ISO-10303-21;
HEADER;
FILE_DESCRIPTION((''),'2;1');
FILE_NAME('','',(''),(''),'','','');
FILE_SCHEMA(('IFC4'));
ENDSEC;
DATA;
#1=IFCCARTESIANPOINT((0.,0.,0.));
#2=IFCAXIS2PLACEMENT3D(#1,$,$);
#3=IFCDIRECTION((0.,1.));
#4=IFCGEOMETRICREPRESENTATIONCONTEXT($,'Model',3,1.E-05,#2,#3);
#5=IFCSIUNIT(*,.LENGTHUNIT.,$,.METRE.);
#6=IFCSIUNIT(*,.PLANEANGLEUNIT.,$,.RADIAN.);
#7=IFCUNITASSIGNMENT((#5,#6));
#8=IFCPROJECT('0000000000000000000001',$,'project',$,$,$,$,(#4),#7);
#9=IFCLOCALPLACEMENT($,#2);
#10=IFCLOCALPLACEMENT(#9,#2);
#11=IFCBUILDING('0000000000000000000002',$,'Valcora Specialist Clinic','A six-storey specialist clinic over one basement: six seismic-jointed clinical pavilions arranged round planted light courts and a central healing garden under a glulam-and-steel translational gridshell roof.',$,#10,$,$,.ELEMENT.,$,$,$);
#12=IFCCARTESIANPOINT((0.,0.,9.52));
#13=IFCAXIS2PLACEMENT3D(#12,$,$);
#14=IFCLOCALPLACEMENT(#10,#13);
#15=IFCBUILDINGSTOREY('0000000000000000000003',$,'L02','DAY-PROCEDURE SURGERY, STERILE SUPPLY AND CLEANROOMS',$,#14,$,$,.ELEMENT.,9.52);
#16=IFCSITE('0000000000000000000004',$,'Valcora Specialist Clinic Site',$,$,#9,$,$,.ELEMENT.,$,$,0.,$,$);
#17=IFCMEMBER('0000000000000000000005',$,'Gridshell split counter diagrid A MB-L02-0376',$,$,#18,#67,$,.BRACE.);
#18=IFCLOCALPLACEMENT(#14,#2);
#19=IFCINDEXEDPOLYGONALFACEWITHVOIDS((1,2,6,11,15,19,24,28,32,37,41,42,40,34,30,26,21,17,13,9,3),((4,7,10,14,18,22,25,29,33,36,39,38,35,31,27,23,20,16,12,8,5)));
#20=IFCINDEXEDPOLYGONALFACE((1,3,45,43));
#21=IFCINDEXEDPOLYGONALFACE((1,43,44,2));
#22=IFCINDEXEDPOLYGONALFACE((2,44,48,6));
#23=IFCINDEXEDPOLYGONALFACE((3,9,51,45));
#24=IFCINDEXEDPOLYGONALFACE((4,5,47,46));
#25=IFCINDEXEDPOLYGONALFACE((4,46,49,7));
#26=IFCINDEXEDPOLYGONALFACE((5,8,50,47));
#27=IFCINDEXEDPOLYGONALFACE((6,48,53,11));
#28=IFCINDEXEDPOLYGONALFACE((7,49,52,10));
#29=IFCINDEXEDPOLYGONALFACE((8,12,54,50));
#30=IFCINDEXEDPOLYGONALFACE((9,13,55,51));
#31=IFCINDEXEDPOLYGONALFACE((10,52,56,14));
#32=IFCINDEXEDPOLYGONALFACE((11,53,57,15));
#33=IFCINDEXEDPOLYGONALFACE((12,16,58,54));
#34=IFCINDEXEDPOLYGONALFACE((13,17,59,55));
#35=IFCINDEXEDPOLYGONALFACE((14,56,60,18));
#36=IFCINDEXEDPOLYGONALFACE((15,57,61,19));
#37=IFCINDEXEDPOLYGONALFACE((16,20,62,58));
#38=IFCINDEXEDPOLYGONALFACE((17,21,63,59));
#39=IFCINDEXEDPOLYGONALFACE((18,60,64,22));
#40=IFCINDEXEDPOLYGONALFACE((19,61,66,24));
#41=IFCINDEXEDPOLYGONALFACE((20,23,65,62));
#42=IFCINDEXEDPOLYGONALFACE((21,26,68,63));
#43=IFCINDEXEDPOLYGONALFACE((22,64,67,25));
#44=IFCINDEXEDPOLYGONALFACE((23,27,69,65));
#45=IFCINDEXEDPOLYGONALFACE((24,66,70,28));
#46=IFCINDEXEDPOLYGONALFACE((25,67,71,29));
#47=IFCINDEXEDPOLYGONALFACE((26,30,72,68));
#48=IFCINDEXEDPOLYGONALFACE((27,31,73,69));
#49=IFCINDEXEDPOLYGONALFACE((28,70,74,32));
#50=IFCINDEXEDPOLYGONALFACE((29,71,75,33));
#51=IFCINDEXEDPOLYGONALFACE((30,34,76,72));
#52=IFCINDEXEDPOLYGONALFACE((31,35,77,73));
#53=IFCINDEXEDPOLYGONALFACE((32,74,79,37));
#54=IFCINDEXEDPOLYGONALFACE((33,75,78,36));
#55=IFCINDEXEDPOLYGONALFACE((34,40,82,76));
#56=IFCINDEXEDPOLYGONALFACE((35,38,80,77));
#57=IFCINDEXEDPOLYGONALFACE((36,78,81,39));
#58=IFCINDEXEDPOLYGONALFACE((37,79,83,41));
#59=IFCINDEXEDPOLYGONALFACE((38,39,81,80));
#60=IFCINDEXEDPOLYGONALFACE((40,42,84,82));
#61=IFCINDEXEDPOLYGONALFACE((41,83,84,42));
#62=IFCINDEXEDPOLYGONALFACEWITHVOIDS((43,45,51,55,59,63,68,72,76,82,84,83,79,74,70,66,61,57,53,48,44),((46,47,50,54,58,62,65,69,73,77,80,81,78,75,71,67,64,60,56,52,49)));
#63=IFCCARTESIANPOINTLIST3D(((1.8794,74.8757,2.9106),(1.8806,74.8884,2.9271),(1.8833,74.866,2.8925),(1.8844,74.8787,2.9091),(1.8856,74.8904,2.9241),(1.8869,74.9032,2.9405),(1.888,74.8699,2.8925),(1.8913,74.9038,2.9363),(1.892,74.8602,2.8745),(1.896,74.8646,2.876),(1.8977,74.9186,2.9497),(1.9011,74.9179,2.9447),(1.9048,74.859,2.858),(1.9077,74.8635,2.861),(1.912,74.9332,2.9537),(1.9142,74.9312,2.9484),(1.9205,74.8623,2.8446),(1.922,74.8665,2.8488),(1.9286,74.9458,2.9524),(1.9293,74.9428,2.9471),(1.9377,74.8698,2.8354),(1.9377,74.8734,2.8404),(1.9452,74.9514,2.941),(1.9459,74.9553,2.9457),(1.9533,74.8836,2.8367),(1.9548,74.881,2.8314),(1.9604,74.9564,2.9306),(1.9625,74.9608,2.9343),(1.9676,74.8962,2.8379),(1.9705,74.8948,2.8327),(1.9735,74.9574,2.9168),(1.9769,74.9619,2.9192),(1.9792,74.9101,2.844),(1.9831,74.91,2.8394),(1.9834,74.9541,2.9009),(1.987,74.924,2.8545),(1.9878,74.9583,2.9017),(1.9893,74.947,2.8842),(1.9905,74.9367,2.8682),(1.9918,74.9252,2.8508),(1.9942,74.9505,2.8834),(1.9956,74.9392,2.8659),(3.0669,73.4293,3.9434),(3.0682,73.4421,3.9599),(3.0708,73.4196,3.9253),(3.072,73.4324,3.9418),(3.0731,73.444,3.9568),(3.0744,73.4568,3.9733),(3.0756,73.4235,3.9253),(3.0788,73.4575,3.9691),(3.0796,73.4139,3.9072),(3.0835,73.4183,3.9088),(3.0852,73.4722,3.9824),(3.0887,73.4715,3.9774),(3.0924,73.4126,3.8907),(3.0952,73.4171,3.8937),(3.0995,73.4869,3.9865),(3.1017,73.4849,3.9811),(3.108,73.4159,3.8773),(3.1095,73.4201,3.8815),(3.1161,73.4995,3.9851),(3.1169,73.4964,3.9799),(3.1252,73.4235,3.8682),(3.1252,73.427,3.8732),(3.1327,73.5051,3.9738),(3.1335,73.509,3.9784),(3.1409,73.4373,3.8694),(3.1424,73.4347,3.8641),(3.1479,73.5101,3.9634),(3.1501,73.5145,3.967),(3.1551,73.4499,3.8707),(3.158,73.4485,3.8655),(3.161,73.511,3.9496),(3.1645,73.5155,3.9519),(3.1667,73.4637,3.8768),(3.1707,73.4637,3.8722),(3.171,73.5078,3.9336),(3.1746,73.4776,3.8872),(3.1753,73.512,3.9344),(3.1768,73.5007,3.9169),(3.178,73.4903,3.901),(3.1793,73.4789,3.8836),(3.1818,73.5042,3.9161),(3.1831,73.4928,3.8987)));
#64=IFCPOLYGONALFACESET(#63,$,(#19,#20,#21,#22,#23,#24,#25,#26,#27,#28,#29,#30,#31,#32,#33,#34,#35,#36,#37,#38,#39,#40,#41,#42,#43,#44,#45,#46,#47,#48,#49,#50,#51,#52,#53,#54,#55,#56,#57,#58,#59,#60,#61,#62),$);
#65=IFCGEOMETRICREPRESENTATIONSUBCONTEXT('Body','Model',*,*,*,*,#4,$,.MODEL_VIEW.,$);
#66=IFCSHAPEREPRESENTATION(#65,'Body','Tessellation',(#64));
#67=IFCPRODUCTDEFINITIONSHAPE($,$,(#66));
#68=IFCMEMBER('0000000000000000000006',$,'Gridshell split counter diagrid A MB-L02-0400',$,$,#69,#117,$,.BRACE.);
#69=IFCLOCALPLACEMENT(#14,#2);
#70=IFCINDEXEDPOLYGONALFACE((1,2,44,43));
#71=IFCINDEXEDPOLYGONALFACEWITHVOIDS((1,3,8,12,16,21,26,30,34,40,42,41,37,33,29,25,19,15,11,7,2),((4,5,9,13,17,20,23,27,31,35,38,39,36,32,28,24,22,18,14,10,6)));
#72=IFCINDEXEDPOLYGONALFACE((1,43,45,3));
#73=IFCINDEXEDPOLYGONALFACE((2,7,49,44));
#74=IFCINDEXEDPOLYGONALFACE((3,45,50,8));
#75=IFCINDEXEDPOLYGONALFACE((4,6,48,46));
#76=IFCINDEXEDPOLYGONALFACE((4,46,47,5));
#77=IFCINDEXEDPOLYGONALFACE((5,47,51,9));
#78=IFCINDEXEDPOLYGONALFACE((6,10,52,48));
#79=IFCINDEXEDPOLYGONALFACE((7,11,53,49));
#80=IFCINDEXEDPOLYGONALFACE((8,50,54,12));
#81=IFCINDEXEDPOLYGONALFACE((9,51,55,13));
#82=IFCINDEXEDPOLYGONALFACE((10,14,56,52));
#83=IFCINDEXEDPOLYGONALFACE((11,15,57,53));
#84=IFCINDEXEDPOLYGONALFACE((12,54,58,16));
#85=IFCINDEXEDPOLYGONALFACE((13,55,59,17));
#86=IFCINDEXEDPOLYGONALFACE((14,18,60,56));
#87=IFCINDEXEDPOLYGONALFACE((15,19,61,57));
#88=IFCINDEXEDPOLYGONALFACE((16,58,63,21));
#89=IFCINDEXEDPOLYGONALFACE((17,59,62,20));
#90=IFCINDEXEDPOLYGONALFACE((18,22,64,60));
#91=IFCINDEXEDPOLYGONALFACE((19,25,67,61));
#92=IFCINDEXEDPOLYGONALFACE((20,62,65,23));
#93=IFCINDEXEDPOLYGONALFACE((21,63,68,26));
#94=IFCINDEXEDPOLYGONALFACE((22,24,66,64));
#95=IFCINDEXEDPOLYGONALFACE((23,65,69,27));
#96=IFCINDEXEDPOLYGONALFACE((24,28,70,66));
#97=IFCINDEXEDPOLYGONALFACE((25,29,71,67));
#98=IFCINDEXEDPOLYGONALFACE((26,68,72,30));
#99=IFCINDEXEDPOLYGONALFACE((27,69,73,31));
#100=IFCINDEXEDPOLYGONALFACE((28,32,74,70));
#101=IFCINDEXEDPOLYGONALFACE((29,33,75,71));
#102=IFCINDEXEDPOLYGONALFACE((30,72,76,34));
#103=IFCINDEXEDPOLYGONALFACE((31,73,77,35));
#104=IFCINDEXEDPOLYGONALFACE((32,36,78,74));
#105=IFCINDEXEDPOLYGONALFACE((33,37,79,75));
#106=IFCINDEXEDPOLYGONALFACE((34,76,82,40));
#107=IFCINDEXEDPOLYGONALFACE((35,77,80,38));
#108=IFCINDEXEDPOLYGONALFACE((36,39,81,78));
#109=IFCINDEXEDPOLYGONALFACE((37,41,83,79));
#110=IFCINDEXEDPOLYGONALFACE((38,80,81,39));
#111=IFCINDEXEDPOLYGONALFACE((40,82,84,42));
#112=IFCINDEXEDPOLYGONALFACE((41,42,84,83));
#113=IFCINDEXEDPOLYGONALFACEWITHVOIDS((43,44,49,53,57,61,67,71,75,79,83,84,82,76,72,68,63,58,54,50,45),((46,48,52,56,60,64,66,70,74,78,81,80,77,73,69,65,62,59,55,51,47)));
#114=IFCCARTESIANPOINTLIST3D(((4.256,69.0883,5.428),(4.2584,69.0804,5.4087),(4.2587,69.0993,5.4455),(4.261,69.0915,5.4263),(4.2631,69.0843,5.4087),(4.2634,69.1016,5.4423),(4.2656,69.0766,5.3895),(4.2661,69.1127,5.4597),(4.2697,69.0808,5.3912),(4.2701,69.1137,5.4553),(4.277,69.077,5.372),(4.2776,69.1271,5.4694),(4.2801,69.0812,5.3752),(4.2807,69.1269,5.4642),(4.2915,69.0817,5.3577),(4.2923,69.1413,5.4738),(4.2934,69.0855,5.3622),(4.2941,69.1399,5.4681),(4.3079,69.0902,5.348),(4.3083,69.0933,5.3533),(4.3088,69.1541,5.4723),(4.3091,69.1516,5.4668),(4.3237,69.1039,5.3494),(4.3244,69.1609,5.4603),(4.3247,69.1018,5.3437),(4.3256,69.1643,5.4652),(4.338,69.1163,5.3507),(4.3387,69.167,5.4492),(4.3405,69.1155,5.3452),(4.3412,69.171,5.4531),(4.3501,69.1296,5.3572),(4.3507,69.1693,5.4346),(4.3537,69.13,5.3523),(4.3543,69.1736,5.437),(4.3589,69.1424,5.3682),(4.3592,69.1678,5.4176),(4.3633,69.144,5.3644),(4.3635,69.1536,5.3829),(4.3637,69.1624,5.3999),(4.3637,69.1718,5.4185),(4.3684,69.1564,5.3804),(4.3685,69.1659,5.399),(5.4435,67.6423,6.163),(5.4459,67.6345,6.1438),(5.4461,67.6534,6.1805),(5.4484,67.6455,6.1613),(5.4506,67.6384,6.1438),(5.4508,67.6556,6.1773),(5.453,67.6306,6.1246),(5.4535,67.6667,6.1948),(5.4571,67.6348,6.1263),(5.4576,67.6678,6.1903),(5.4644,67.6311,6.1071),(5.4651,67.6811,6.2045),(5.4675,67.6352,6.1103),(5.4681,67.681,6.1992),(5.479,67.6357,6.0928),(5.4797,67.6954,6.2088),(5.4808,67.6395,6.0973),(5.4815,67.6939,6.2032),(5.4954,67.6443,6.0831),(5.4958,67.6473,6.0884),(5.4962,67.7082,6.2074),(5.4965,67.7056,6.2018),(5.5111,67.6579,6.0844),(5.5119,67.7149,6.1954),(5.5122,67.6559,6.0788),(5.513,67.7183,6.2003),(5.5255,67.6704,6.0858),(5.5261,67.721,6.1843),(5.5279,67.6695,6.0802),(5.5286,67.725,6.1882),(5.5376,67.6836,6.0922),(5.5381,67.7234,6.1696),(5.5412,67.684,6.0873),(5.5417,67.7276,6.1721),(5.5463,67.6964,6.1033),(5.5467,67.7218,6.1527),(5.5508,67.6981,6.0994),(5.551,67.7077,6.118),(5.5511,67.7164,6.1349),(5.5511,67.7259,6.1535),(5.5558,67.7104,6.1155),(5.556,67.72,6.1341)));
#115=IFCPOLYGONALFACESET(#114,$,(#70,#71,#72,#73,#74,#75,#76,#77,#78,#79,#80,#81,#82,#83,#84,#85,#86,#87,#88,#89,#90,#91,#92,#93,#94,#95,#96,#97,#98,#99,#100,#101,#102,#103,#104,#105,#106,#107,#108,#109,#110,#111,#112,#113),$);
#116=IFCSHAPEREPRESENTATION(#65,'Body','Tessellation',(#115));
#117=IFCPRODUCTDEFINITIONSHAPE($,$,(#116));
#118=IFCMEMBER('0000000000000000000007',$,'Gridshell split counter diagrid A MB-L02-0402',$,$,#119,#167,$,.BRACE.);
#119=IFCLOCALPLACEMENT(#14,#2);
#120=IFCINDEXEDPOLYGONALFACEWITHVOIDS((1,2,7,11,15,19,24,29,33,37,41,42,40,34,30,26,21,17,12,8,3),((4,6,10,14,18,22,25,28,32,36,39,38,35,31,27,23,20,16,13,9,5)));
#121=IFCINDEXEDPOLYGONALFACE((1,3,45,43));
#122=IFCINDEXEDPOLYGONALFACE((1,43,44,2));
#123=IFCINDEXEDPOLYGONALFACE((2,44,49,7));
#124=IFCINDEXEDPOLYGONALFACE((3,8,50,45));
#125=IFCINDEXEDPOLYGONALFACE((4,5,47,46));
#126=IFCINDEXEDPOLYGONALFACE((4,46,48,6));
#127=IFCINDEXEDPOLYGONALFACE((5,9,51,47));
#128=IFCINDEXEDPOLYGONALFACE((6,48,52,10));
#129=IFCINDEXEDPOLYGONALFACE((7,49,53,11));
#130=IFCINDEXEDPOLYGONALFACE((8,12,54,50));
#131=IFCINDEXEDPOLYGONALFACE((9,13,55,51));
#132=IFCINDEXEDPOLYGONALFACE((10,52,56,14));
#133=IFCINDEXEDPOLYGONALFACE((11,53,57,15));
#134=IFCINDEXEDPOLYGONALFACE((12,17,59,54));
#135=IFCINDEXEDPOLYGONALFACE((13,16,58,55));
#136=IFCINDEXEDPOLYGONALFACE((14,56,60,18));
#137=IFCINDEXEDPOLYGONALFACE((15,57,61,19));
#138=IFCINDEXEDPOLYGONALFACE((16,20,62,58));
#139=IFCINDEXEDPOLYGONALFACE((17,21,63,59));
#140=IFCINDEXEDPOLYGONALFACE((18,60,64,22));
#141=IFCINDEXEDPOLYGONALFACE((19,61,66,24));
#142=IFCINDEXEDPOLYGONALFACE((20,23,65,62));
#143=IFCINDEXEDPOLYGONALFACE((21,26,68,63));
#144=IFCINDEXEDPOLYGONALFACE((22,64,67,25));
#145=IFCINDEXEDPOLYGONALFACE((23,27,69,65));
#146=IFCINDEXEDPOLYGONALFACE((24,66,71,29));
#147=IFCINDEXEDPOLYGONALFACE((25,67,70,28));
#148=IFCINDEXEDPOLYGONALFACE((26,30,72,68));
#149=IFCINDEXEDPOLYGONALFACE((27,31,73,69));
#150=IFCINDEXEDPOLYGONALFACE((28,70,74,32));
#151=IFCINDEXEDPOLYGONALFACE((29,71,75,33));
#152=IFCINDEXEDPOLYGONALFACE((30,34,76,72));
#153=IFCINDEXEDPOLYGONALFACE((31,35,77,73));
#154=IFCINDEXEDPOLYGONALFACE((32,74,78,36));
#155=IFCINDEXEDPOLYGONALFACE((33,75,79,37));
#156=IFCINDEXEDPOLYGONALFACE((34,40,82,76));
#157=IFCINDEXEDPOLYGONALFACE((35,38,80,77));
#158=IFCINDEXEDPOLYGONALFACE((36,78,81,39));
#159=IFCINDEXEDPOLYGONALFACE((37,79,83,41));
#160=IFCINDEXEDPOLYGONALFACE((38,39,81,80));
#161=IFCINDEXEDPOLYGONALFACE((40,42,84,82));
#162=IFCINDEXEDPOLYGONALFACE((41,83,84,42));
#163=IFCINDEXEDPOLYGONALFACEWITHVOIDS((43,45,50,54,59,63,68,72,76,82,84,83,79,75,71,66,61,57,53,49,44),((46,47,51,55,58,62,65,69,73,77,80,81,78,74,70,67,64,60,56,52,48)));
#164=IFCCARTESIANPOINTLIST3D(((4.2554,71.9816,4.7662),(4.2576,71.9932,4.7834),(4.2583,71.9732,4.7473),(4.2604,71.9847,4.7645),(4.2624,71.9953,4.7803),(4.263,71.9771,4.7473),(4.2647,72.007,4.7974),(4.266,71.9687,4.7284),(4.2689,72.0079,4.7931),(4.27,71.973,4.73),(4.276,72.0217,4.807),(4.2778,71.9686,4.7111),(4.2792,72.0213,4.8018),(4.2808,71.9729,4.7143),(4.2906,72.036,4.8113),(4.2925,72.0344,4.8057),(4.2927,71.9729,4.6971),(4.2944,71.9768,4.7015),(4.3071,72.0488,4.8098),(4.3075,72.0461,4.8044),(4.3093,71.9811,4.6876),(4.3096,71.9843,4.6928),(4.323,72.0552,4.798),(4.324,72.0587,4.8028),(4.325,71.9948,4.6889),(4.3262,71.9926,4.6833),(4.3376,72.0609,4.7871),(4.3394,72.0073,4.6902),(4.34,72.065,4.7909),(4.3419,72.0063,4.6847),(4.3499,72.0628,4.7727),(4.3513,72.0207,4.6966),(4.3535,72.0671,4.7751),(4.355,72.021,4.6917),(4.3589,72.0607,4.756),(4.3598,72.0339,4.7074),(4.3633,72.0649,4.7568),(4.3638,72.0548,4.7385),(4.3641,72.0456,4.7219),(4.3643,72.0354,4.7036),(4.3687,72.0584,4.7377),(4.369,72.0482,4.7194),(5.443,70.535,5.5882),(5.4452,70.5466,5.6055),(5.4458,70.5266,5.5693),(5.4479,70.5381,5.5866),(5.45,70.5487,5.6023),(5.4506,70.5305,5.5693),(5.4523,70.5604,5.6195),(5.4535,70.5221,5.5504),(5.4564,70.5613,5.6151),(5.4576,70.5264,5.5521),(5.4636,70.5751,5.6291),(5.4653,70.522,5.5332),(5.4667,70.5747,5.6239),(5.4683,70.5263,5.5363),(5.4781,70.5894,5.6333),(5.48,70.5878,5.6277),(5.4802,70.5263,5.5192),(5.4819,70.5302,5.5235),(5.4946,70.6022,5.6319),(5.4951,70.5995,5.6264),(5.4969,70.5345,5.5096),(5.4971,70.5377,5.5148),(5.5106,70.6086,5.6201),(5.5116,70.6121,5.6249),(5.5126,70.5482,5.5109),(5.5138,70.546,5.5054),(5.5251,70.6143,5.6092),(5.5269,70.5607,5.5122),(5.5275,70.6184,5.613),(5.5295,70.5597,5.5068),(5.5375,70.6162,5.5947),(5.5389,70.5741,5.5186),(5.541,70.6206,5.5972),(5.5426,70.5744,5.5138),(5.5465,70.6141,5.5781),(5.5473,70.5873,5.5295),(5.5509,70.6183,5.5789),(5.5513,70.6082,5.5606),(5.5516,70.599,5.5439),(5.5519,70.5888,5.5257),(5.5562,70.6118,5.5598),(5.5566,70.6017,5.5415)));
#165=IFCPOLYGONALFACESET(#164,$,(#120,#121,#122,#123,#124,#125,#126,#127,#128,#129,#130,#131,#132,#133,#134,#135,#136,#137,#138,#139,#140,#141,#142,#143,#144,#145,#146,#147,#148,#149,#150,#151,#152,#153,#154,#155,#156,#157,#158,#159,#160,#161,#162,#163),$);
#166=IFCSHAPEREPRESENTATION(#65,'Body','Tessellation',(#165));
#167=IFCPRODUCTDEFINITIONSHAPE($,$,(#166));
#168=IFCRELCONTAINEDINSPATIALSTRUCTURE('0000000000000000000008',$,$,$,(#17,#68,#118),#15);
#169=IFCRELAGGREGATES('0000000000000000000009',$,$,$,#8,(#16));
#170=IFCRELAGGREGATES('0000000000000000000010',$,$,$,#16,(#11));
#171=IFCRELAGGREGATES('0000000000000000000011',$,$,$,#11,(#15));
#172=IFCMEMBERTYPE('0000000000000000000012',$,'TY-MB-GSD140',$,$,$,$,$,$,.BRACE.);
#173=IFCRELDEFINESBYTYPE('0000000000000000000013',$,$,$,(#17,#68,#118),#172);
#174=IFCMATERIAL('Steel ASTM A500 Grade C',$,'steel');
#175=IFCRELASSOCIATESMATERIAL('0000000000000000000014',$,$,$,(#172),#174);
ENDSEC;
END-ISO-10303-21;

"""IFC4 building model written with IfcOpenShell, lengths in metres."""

from ifc_helpers import new_model, si_unit, direction, frame, origin, origin_2d, place, context, subcontext, project, spatial, hollow_circle, extrude, material, material_profile, profile_set, type_object, element, save


model = new_model("IFC4")

# Units and contexts
model_context = context("Model", 3, precision=1e-05, world=origin(), true_north=direction((0.0, 1.0)))
body_context = subcontext(model_context, "Body", "Model", "MODEL_VIEW")
ifc_project = project(units=[si_unit("LENGTHUNIT", "METRE"), si_unit("PLANEANGLEUNIT", "RADIAN")], contexts=[model_context])

# Site, building, storey
site_placement = place(None, origin())
site = spatial("IfcSite", under=ifc_project, at=site_placement, Name="Valcora Specialist Clinic Site", CompositionType="ELEMENT", RefElevation=0.0)
building_placement = place(site_placement, origin())
building = spatial("IfcBuilding", under=site, at=building_placement, Name="Valcora Specialist Clinic", Description="A six-storey specialist clinic over one basement: six seismic-jointed clinical pavilions arranged round planted light courts and a central healing garden under a glulam-and-steel translational gridshell roof.", CompositionType="ELEMENT")
storey_placement = place(building_placement, frame((0.0, 0.0, 9.52)))
storey = spatial("IfcBuildingStorey", under=building, at=storey_placement, Name="L02", Description="DAY-PROCEDURE SURGERY, STERILE SUPPLY AND CLEANROOMS", CompositionType="ELEMENT", Elevation=9.52)

# Members
ifc_material_1 = material(Name="Steel ASTM A500 Grade C", Category="steel")
ifc_material_profile_1 = material_profile(ifc_material_1, hollow_circle(Radius=0.0701, WallThickness=0.0061, at=origin_2d()), Name="ST-CHS-140X6")
ifc_profile_set_1 = profile_set([ifc_material_profile_1], Name="Steel ASTM A500 Grade C")
member_type_1 = type_object("IfcMemberType", Name="TY-MB-GSD140", PredefinedType="BRACE", material=ifc_profile_set_1)
member_1_placement = place(storey_placement, frame((3.125, 73.4641, 3.9253), z_axis=(-0.555586, 0.676663, -0.483168), x_axis=(-0.772863, -0.634572, 0.0)))
element("IfcMember", 1, at=member_1_placement, inside=storey, type_object=member_type_1, Name="Gridshell split counter diagrid A MB-L02-0376", PredefinedType="BRACE", context=body_context, shape_type="SweptSolid", body=[
    extrude(hollow_circle(Radius=0.0701, WallThickness=0.0061, at=origin_2d()), origin(), (0.0, 0.0, 1.0), 2.1375),
])
member_2_placement = place(storey_placement, frame((5.5, 67.679, 6.1438), z_axis=(-0.590687, 0.719293, -0.365658), x_axis=(-0.772811, -0.634636, 0.0)))
element("IfcMember", 2, at=member_2_placement, inside=storey, type_object=member_type_1, Name="Gridshell split counter diagrid A MB-L02-0400", PredefinedType="BRACE", context=body_context, shape_type="SweptSolid", body=[
    extrude(hollow_circle(Radius=0.0701, WallThickness=0.0061, at=origin_2d()), origin(), (0.0, 0.0, 1.0), 2.0103),
])
member_3_placement = place(storey_placement, frame((5.5, 70.571, 5.5693), z_axis=(-0.580941, 0.707664, -0.402144), x_axis=(-0.772916, -0.634508, 0.0)))
element("IfcMember", 3, at=member_3_placement, inside=storey, type_object=member_type_1, Name="Gridshell split counter diagrid A MB-L02-0402", PredefinedType="BRACE", context=body_context, shape_type="SweptSolid", body=[
    extrude(hollow_circle(Radius=0.0701, WallThickness=0.0061, at=origin_2d()), origin(), (0.0, 0.0, 1.0), 2.0442),
])

save(model, "model.ifc")
